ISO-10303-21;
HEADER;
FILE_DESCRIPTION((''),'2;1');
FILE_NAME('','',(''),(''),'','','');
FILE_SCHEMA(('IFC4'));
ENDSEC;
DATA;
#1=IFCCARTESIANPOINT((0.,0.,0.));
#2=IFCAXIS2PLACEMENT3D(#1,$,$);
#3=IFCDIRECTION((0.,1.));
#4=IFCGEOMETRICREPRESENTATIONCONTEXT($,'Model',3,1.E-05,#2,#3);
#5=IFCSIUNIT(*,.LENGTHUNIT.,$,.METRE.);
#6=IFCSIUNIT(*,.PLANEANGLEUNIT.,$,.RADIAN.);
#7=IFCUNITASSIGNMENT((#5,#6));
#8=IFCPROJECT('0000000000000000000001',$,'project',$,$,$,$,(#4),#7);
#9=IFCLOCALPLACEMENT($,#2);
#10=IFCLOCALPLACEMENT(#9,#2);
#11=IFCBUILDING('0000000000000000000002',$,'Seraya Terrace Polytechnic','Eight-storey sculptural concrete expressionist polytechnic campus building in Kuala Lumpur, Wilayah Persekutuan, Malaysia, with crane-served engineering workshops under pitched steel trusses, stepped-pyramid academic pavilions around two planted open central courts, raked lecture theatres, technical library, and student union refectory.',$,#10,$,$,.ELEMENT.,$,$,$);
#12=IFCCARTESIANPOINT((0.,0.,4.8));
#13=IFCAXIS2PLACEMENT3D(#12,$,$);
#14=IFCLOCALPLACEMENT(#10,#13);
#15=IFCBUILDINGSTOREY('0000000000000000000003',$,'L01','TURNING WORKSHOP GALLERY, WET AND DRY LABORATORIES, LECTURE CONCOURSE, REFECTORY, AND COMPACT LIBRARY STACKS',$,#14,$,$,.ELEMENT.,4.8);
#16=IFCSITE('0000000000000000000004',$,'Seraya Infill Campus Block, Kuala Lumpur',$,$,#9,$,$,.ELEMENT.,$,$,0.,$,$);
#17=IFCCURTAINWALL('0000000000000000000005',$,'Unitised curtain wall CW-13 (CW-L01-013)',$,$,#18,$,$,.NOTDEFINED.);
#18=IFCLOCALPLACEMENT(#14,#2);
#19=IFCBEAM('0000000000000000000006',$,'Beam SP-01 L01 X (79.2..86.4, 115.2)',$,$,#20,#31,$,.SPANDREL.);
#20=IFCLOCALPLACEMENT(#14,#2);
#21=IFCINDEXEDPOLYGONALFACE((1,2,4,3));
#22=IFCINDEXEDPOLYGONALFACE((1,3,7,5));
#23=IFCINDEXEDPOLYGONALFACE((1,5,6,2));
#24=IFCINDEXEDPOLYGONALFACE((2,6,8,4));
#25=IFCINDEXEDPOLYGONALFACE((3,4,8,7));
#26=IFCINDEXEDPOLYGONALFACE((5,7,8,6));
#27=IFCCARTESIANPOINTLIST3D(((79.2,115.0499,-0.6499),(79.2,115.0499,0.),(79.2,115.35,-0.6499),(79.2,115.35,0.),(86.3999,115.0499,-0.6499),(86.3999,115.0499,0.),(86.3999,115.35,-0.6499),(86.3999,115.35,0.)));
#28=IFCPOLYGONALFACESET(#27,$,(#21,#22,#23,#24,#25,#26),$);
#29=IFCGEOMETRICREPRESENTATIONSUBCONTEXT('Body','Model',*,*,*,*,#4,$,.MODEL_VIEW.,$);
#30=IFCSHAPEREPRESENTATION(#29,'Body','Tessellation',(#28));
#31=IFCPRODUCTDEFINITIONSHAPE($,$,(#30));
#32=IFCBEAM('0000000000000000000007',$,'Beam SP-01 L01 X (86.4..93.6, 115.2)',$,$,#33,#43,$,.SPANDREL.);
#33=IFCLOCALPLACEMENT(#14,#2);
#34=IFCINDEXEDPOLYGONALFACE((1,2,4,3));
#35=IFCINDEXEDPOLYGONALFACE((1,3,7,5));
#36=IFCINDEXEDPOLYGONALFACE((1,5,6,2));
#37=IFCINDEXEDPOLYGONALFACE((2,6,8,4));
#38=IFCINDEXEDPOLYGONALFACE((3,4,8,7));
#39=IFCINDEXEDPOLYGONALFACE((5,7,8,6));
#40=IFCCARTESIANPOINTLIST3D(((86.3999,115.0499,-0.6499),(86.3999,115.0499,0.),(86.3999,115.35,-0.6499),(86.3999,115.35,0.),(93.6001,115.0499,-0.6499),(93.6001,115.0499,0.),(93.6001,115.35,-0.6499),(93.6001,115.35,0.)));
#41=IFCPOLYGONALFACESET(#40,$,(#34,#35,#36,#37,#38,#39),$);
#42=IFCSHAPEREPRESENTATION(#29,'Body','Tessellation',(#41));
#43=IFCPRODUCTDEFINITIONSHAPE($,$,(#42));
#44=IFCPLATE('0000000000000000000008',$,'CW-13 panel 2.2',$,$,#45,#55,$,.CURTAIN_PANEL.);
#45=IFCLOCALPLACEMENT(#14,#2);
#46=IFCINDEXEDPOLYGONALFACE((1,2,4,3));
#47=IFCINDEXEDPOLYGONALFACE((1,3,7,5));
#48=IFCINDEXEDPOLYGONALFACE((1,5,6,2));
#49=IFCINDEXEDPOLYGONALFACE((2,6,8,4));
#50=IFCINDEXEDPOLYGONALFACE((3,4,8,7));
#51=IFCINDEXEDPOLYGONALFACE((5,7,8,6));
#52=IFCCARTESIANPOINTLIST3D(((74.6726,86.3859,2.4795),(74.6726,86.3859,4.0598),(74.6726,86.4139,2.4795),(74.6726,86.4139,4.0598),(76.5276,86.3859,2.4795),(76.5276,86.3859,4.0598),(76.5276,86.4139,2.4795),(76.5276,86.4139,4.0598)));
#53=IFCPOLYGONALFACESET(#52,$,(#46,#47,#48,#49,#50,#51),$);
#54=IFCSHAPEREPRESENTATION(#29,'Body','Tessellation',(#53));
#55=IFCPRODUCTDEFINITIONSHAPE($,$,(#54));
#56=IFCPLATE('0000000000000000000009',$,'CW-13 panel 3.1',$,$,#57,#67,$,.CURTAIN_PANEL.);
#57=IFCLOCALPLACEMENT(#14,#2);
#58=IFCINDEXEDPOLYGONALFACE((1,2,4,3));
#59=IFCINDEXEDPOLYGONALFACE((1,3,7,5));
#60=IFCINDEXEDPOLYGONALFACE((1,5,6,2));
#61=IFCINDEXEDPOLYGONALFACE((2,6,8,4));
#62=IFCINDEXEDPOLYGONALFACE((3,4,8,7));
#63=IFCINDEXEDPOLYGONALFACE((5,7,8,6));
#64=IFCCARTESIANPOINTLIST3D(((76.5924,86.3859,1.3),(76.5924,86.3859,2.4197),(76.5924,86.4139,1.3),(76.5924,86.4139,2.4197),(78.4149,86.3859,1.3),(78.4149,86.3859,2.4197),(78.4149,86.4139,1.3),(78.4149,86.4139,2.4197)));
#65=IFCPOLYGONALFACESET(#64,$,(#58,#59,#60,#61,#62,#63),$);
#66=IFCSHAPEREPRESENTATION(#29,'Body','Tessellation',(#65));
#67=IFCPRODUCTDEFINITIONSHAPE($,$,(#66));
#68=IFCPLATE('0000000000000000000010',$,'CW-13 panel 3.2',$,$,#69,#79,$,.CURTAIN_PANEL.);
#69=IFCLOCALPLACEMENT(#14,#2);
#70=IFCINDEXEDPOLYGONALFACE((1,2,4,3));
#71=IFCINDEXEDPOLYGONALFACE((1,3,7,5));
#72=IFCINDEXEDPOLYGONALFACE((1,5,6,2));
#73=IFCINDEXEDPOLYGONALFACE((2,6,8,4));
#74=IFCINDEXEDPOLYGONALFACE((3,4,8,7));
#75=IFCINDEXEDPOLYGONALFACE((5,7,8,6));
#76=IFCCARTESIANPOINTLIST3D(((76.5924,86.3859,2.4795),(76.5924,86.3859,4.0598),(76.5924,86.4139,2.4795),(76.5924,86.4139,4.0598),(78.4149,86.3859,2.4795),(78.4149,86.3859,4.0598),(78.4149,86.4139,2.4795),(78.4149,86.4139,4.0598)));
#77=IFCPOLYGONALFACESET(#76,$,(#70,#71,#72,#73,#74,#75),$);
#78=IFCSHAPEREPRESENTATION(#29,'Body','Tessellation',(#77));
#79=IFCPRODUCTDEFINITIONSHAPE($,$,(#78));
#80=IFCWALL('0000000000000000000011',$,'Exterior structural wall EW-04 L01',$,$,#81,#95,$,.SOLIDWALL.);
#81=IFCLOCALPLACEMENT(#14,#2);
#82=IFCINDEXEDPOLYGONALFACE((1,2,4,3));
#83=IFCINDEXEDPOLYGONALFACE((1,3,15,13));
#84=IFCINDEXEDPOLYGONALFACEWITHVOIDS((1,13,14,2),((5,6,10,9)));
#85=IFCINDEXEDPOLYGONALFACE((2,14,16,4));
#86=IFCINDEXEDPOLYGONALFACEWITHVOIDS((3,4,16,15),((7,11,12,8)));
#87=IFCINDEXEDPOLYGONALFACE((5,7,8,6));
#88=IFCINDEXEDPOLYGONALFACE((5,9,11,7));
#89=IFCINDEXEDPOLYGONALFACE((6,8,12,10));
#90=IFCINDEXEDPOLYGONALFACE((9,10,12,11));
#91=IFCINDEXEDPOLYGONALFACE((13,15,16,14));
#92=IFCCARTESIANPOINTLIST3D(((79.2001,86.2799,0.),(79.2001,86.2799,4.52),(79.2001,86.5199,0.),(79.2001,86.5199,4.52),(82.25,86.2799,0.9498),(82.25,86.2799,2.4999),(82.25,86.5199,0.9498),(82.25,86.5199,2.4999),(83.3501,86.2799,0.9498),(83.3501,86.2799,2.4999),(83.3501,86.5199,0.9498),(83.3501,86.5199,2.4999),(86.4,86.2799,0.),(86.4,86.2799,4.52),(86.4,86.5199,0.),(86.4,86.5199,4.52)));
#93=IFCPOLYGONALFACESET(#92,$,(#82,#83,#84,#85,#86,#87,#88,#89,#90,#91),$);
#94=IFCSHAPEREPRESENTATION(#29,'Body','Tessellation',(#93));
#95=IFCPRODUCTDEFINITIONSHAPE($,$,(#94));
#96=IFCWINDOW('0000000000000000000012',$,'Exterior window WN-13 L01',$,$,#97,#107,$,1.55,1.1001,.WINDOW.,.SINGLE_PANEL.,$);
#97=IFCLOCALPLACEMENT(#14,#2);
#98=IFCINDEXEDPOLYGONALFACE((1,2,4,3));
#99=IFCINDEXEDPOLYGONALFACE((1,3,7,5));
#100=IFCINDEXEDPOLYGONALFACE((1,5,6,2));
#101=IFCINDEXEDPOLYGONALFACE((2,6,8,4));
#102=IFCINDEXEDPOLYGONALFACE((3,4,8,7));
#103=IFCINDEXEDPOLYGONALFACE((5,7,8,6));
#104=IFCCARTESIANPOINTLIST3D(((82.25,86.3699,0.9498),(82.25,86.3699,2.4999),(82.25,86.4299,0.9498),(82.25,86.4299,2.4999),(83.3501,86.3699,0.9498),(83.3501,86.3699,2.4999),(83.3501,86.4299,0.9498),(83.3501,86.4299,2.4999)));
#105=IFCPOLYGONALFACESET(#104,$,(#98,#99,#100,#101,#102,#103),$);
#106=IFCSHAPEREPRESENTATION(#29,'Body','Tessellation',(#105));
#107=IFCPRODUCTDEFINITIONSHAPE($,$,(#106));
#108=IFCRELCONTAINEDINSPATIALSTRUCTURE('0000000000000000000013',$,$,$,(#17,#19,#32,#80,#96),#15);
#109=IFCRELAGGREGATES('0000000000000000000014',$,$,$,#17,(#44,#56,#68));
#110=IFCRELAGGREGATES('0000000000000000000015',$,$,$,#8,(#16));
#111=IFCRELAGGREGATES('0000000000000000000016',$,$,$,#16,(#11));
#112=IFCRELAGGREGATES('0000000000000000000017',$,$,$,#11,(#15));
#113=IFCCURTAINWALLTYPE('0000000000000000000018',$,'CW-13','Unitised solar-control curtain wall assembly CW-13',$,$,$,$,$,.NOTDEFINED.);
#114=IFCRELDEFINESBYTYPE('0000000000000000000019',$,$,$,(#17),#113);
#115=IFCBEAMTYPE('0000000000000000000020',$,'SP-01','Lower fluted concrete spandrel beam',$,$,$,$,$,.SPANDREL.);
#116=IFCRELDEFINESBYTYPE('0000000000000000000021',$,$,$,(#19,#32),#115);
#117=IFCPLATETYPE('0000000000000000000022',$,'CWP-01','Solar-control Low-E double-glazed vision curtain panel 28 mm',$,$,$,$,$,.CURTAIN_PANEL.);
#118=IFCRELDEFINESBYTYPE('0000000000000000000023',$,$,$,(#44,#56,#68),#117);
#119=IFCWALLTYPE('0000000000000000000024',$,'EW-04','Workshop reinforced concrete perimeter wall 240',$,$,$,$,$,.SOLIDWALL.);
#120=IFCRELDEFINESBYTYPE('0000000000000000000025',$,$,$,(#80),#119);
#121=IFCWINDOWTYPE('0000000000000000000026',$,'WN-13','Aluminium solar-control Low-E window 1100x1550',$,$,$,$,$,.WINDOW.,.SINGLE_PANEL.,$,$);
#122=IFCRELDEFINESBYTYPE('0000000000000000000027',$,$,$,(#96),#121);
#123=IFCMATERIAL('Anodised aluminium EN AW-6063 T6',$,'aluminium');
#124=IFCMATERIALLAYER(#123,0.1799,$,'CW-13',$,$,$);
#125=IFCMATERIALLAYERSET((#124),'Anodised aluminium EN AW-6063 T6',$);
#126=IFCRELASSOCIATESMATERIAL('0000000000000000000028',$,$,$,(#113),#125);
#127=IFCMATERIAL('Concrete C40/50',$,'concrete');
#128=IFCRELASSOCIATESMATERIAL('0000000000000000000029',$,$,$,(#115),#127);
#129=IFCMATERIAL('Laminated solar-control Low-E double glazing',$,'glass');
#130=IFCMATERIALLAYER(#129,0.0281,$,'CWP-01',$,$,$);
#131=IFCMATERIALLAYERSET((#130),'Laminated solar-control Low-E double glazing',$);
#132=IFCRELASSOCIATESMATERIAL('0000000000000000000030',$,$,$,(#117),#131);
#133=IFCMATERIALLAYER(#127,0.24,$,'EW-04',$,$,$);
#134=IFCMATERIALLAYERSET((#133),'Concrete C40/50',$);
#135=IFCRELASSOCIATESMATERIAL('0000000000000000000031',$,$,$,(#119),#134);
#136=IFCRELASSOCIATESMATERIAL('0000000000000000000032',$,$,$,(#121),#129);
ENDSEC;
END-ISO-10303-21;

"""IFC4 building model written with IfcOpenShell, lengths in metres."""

from ifc_helpers import new_model, si_unit, direction, frame, frame_2d, origin, origin_2d, place, context, subcontext, project, spatial, rectangle, extrude, material, layer, layer_set, material_profile, profile_set, type_object, element, fill, aggregate, save


model = new_model("IFC4")

# Units and contexts
model_context = context("Model", 3, precision=1e-05, world=origin(), true_north=direction((0.0, 1.0)))
body_context = subcontext(model_context, "Body", "Model", "MODEL_VIEW")
ifc_project = project(units=[si_unit("LENGTHUNIT", "METRE"), si_unit("PLANEANGLEUNIT", "RADIAN")], contexts=[model_context])

# Site, building, storey
site_placement = place(None, origin())
site = spatial("IfcSite", under=ifc_project, at=site_placement, Name="Seraya Infill Campus Block, Kuala Lumpur", CompositionType="ELEMENT", RefElevation=0.0)
building_placement = place(site_placement, origin())
building = spatial("IfcBuilding", under=site, at=building_placement, Name="Seraya Terrace Polytechnic", Description="Eight-storey sculptural concrete expressionist polytechnic campus building in Kuala Lumpur, Wilayah Persekutuan, Malaysia, with crane-served engineering workshops under pitched steel trusses, stepped-pyramid academic pavilions around two planted open central courts, raked lecture theatres, technical library, and student union refectory.", CompositionType="ELEMENT")
storey_placement = place(building_placement, frame((0.0, 0.0, 4.8)))
storey = spatial("IfcBuildingStorey", under=building, at=storey_placement, Name="L01", Description="TURNING WORKSHOP GALLERY, WET AND DRY LABORATORIES, LECTURE CONCOURSE, REFECTORY, AND COMPACT LIBRARY STACKS", CompositionType="ELEMENT", Elevation=4.8)

# Shared definitions
ifc_material_1 = material(Name="Concrete C40/50", Category="concrete")

# Curtain wall
ifc_material_2 = material(Name="Anodised aluminium EN AW-6063 T6", Category="aluminium")
ifc_layer_1 = layer(ifc_material_2, 0.1799, Name="CW-13")
ifc_layer_set_1 = layer_set([ifc_layer_1], Name="Anodised aluminium EN AW-6063 T6")
curtain_wall_type = type_object("IfcCurtainWallType", Name="CW-13", Description="Unitised solar-control curtain wall assembly CW-13", PredefinedType="NOTDEFINED", material=ifc_layer_set_1)
curtain_wall_placement = place(storey_placement, origin())
curtain_wall = element("IfcCurtainWall", 1, at=curtain_wall_placement, inside=storey, type_object=curtain_wall_type, Name="Unitised curtain wall CW-13 (CW-L01-013)", PredefinedType="NOTDEFINED")

# Beams
ifc_material_profile_1 = material_profile(ifc_material_1, rectangle(XDim=0.3, YDim=0.6499, at=origin_2d()), Name="RC 300x650")
ifc_profile_set_1 = profile_set([ifc_material_profile_1], Name="Concrete C40/50")
beam_type = type_object("IfcBeamType", Name="SP-01", Description="Lower fluted concrete spandrel beam", PredefinedType="SPANDREL", material=ifc_profile_set_1)
for number, where, z_axis, x_axis, name in (
    (2, (79.2, 115.2, -0.325), (1.0, 0.0, 0.0), (0.0, 1.0, 0.0), "Beam SP-01 L01 X (79.2..86.4, 115.2)"),
):
    element("IfcBeam", number, at=place(storey_placement, frame(where, z_axis=z_axis, x_axis=x_axis)), inside=storey, type_object=beam_type, Name=name, PredefinedType="SPANDREL", context=body_context, shape_type="SweptSolid", body=[
        extrude(rectangle(XDim=0.3, YDim=0.6499, at=origin_2d()), origin(), (0.0, 0.0, 1.0), 7.2),
    ])
beam_placement = place(storey_placement, frame((86.3999, 115.2, -0.325), z_axis=(1.0, 0.0, 0.0), x_axis=(0.0, 1.0, 0.0)))
element("IfcBeam", 3, at=beam_placement, inside=storey, type_object=beam_type, Name="Beam SP-01 L01 X (86.4..93.6, 115.2)", PredefinedType="SPANDREL", context=body_context, shape_type="SweptSolid", body=[
    extrude(rectangle(XDim=0.3, YDim=0.6499, at=origin_2d()), origin(), (0.0, 0.0, 1.0), 7.2002),
])

# Plates
ifc_material_3 = material(Name="Laminated solar-control Low-E double glazing", Category="glass")
ifc_layer_2 = layer(ifc_material_3, 0.0281, Name="CWP-01")
ifc_layer_set_2 = layer_set([ifc_layer_2], Name="Laminated solar-control Low-E double glazing")
plate_type = type_object("IfcPlateType", Name="CWP-01", Description="Solar-control Low-E double-glazed vision curtain panel 28 mm", PredefinedType="CURTAIN_PANEL", material=ifc_layer_set_2)
plate_1_placement = place(storey_placement, frame((75.6001, 86.3999, 2.4795), z_axis=(0.0, 0.0, 1.0), x_axis=(1.0, 0.0, 0.0)))
plate_1 = element("IfcPlate", 4, at=plate_1_placement, type_object=plate_type, Name="CW-13 panel 2.2", PredefinedType="CURTAIN_PANEL", context=body_context, shape_type="SweptSolid", body=[
    extrude(rectangle(XDim=1.855, YDim=0.0281, at=origin_2d()), origin(), (0.0, 0.0, 1.0), 1.5803),
])
plate_2_placement = place(storey_placement, frame((77.5037, 86.3999, 1.3), z_axis=(0.0, 0.0, 1.0), x_axis=(1.0, 0.0, 0.0)))
plate_2 = element("IfcPlate", 5, at=plate_2_placement, type_object=plate_type, Name="CW-13 panel 3.1", PredefinedType="CURTAIN_PANEL", context=body_context, shape_type="SweptSolid", body=[
    extrude(rectangle(XDim=1.8225, YDim=0.0281, at=origin_2d()), origin(), (0.0, 0.0, 1.0), 1.1196),
])
plate_3_placement = place(storey_placement, frame((77.5037, 86.3999, 2.4795), z_axis=(0.0, 0.0, 1.0), x_axis=(1.0, 0.0, 0.0)))
plate_3 = element("IfcPlate", 6, at=plate_3_placement, type_object=plate_type, Name="CW-13 panel 3.2", PredefinedType="CURTAIN_PANEL", context=body_context, shape_type="SweptSolid", body=[
    extrude(rectangle(XDim=1.8225, YDim=0.0281, at=origin_2d()), origin(), (0.0, 0.0, 1.0), 1.5803),
])
aggregate(curtain_wall, [plate_1, plate_2, plate_3])

# Wall, opening, window
ifc_layer_3 = layer(ifc_material_1, 0.24, Name="EW-04")
ifc_layer_set_3 = layer_set([ifc_layer_3], Name="Concrete C40/50")
wall_type = type_object("IfcWallType", Name="EW-04", Description="Workshop reinforced concrete perimeter wall 240", PredefinedType="SOLIDWALL", material=ifc_layer_set_3)
wall_placement = place(storey_placement, frame((79.2, 86.3999, 0.0), z_axis=(0.0, 0.0, 1.0), x_axis=(1.0, 0.0, 0.0)))
wall = element("IfcWall", 7, at=wall_placement, inside=storey, type_object=wall_type, Name="Exterior structural wall EW-04 L01", PredefinedType="SOLIDWALL", context=body_context, shape_type="SweptSolid", body=[
    extrude(rectangle(XDim=7.2, YDim=0.24, at=frame_2d((3.6001, 0.0))), origin(), (0.0, 0.0, 1.0), 4.52),
])
opening_placement = place(wall_placement, frame((3.05, 0.0, 0.95)))
opening = element("IfcOpeningElement", 8, at=opening_placement, cuts=wall, PredefinedType="OPENING", context=body_context, shape_type="SweptSolid", body=[
    extrude(rectangle(XDim=1.1001, YDim=1.55, at=frame_2d((0.55, 0.7749))), frame((0.0, 0.1318, 0.0), z_axis=(0.0, -1.0, 0.0), x_axis=(1.0, 0.0, 0.0)), (0.0, 0.0, 1.0), 0.2639),
])
window_type = type_object("IfcWindowType", Name="WN-13", Description="Aluminium solar-control Low-E window 1100x1550", PartitioningType="SINGLE_PANEL", PredefinedType="WINDOW", material=ifc_material_3)
window_placement = place(opening_placement, origin())
window = element("IfcWindow", 9, at=window_placement, inside=storey, type_object=window_type, Name="Exterior window WN-13 L01", OverallHeight=1.55, OverallWidth=1.1001, PartitioningType="SINGLE_PANEL", PredefinedType="WINDOW", context=body_context, shape_type="SweptSolid", body=[
    extrude(rectangle(XDim=1.1001, YDim=1.55, at=frame_2d((0.55, 0.7749))), frame((0.0, 0.03, 0.0), z_axis=(0.0, -1.0, 0.0), x_axis=(1.0, 0.0, 0.0)), (0.0, 0.0, 1.0), 0.0601),
])
fill(opening, window)

save(model, "model.ifc")
